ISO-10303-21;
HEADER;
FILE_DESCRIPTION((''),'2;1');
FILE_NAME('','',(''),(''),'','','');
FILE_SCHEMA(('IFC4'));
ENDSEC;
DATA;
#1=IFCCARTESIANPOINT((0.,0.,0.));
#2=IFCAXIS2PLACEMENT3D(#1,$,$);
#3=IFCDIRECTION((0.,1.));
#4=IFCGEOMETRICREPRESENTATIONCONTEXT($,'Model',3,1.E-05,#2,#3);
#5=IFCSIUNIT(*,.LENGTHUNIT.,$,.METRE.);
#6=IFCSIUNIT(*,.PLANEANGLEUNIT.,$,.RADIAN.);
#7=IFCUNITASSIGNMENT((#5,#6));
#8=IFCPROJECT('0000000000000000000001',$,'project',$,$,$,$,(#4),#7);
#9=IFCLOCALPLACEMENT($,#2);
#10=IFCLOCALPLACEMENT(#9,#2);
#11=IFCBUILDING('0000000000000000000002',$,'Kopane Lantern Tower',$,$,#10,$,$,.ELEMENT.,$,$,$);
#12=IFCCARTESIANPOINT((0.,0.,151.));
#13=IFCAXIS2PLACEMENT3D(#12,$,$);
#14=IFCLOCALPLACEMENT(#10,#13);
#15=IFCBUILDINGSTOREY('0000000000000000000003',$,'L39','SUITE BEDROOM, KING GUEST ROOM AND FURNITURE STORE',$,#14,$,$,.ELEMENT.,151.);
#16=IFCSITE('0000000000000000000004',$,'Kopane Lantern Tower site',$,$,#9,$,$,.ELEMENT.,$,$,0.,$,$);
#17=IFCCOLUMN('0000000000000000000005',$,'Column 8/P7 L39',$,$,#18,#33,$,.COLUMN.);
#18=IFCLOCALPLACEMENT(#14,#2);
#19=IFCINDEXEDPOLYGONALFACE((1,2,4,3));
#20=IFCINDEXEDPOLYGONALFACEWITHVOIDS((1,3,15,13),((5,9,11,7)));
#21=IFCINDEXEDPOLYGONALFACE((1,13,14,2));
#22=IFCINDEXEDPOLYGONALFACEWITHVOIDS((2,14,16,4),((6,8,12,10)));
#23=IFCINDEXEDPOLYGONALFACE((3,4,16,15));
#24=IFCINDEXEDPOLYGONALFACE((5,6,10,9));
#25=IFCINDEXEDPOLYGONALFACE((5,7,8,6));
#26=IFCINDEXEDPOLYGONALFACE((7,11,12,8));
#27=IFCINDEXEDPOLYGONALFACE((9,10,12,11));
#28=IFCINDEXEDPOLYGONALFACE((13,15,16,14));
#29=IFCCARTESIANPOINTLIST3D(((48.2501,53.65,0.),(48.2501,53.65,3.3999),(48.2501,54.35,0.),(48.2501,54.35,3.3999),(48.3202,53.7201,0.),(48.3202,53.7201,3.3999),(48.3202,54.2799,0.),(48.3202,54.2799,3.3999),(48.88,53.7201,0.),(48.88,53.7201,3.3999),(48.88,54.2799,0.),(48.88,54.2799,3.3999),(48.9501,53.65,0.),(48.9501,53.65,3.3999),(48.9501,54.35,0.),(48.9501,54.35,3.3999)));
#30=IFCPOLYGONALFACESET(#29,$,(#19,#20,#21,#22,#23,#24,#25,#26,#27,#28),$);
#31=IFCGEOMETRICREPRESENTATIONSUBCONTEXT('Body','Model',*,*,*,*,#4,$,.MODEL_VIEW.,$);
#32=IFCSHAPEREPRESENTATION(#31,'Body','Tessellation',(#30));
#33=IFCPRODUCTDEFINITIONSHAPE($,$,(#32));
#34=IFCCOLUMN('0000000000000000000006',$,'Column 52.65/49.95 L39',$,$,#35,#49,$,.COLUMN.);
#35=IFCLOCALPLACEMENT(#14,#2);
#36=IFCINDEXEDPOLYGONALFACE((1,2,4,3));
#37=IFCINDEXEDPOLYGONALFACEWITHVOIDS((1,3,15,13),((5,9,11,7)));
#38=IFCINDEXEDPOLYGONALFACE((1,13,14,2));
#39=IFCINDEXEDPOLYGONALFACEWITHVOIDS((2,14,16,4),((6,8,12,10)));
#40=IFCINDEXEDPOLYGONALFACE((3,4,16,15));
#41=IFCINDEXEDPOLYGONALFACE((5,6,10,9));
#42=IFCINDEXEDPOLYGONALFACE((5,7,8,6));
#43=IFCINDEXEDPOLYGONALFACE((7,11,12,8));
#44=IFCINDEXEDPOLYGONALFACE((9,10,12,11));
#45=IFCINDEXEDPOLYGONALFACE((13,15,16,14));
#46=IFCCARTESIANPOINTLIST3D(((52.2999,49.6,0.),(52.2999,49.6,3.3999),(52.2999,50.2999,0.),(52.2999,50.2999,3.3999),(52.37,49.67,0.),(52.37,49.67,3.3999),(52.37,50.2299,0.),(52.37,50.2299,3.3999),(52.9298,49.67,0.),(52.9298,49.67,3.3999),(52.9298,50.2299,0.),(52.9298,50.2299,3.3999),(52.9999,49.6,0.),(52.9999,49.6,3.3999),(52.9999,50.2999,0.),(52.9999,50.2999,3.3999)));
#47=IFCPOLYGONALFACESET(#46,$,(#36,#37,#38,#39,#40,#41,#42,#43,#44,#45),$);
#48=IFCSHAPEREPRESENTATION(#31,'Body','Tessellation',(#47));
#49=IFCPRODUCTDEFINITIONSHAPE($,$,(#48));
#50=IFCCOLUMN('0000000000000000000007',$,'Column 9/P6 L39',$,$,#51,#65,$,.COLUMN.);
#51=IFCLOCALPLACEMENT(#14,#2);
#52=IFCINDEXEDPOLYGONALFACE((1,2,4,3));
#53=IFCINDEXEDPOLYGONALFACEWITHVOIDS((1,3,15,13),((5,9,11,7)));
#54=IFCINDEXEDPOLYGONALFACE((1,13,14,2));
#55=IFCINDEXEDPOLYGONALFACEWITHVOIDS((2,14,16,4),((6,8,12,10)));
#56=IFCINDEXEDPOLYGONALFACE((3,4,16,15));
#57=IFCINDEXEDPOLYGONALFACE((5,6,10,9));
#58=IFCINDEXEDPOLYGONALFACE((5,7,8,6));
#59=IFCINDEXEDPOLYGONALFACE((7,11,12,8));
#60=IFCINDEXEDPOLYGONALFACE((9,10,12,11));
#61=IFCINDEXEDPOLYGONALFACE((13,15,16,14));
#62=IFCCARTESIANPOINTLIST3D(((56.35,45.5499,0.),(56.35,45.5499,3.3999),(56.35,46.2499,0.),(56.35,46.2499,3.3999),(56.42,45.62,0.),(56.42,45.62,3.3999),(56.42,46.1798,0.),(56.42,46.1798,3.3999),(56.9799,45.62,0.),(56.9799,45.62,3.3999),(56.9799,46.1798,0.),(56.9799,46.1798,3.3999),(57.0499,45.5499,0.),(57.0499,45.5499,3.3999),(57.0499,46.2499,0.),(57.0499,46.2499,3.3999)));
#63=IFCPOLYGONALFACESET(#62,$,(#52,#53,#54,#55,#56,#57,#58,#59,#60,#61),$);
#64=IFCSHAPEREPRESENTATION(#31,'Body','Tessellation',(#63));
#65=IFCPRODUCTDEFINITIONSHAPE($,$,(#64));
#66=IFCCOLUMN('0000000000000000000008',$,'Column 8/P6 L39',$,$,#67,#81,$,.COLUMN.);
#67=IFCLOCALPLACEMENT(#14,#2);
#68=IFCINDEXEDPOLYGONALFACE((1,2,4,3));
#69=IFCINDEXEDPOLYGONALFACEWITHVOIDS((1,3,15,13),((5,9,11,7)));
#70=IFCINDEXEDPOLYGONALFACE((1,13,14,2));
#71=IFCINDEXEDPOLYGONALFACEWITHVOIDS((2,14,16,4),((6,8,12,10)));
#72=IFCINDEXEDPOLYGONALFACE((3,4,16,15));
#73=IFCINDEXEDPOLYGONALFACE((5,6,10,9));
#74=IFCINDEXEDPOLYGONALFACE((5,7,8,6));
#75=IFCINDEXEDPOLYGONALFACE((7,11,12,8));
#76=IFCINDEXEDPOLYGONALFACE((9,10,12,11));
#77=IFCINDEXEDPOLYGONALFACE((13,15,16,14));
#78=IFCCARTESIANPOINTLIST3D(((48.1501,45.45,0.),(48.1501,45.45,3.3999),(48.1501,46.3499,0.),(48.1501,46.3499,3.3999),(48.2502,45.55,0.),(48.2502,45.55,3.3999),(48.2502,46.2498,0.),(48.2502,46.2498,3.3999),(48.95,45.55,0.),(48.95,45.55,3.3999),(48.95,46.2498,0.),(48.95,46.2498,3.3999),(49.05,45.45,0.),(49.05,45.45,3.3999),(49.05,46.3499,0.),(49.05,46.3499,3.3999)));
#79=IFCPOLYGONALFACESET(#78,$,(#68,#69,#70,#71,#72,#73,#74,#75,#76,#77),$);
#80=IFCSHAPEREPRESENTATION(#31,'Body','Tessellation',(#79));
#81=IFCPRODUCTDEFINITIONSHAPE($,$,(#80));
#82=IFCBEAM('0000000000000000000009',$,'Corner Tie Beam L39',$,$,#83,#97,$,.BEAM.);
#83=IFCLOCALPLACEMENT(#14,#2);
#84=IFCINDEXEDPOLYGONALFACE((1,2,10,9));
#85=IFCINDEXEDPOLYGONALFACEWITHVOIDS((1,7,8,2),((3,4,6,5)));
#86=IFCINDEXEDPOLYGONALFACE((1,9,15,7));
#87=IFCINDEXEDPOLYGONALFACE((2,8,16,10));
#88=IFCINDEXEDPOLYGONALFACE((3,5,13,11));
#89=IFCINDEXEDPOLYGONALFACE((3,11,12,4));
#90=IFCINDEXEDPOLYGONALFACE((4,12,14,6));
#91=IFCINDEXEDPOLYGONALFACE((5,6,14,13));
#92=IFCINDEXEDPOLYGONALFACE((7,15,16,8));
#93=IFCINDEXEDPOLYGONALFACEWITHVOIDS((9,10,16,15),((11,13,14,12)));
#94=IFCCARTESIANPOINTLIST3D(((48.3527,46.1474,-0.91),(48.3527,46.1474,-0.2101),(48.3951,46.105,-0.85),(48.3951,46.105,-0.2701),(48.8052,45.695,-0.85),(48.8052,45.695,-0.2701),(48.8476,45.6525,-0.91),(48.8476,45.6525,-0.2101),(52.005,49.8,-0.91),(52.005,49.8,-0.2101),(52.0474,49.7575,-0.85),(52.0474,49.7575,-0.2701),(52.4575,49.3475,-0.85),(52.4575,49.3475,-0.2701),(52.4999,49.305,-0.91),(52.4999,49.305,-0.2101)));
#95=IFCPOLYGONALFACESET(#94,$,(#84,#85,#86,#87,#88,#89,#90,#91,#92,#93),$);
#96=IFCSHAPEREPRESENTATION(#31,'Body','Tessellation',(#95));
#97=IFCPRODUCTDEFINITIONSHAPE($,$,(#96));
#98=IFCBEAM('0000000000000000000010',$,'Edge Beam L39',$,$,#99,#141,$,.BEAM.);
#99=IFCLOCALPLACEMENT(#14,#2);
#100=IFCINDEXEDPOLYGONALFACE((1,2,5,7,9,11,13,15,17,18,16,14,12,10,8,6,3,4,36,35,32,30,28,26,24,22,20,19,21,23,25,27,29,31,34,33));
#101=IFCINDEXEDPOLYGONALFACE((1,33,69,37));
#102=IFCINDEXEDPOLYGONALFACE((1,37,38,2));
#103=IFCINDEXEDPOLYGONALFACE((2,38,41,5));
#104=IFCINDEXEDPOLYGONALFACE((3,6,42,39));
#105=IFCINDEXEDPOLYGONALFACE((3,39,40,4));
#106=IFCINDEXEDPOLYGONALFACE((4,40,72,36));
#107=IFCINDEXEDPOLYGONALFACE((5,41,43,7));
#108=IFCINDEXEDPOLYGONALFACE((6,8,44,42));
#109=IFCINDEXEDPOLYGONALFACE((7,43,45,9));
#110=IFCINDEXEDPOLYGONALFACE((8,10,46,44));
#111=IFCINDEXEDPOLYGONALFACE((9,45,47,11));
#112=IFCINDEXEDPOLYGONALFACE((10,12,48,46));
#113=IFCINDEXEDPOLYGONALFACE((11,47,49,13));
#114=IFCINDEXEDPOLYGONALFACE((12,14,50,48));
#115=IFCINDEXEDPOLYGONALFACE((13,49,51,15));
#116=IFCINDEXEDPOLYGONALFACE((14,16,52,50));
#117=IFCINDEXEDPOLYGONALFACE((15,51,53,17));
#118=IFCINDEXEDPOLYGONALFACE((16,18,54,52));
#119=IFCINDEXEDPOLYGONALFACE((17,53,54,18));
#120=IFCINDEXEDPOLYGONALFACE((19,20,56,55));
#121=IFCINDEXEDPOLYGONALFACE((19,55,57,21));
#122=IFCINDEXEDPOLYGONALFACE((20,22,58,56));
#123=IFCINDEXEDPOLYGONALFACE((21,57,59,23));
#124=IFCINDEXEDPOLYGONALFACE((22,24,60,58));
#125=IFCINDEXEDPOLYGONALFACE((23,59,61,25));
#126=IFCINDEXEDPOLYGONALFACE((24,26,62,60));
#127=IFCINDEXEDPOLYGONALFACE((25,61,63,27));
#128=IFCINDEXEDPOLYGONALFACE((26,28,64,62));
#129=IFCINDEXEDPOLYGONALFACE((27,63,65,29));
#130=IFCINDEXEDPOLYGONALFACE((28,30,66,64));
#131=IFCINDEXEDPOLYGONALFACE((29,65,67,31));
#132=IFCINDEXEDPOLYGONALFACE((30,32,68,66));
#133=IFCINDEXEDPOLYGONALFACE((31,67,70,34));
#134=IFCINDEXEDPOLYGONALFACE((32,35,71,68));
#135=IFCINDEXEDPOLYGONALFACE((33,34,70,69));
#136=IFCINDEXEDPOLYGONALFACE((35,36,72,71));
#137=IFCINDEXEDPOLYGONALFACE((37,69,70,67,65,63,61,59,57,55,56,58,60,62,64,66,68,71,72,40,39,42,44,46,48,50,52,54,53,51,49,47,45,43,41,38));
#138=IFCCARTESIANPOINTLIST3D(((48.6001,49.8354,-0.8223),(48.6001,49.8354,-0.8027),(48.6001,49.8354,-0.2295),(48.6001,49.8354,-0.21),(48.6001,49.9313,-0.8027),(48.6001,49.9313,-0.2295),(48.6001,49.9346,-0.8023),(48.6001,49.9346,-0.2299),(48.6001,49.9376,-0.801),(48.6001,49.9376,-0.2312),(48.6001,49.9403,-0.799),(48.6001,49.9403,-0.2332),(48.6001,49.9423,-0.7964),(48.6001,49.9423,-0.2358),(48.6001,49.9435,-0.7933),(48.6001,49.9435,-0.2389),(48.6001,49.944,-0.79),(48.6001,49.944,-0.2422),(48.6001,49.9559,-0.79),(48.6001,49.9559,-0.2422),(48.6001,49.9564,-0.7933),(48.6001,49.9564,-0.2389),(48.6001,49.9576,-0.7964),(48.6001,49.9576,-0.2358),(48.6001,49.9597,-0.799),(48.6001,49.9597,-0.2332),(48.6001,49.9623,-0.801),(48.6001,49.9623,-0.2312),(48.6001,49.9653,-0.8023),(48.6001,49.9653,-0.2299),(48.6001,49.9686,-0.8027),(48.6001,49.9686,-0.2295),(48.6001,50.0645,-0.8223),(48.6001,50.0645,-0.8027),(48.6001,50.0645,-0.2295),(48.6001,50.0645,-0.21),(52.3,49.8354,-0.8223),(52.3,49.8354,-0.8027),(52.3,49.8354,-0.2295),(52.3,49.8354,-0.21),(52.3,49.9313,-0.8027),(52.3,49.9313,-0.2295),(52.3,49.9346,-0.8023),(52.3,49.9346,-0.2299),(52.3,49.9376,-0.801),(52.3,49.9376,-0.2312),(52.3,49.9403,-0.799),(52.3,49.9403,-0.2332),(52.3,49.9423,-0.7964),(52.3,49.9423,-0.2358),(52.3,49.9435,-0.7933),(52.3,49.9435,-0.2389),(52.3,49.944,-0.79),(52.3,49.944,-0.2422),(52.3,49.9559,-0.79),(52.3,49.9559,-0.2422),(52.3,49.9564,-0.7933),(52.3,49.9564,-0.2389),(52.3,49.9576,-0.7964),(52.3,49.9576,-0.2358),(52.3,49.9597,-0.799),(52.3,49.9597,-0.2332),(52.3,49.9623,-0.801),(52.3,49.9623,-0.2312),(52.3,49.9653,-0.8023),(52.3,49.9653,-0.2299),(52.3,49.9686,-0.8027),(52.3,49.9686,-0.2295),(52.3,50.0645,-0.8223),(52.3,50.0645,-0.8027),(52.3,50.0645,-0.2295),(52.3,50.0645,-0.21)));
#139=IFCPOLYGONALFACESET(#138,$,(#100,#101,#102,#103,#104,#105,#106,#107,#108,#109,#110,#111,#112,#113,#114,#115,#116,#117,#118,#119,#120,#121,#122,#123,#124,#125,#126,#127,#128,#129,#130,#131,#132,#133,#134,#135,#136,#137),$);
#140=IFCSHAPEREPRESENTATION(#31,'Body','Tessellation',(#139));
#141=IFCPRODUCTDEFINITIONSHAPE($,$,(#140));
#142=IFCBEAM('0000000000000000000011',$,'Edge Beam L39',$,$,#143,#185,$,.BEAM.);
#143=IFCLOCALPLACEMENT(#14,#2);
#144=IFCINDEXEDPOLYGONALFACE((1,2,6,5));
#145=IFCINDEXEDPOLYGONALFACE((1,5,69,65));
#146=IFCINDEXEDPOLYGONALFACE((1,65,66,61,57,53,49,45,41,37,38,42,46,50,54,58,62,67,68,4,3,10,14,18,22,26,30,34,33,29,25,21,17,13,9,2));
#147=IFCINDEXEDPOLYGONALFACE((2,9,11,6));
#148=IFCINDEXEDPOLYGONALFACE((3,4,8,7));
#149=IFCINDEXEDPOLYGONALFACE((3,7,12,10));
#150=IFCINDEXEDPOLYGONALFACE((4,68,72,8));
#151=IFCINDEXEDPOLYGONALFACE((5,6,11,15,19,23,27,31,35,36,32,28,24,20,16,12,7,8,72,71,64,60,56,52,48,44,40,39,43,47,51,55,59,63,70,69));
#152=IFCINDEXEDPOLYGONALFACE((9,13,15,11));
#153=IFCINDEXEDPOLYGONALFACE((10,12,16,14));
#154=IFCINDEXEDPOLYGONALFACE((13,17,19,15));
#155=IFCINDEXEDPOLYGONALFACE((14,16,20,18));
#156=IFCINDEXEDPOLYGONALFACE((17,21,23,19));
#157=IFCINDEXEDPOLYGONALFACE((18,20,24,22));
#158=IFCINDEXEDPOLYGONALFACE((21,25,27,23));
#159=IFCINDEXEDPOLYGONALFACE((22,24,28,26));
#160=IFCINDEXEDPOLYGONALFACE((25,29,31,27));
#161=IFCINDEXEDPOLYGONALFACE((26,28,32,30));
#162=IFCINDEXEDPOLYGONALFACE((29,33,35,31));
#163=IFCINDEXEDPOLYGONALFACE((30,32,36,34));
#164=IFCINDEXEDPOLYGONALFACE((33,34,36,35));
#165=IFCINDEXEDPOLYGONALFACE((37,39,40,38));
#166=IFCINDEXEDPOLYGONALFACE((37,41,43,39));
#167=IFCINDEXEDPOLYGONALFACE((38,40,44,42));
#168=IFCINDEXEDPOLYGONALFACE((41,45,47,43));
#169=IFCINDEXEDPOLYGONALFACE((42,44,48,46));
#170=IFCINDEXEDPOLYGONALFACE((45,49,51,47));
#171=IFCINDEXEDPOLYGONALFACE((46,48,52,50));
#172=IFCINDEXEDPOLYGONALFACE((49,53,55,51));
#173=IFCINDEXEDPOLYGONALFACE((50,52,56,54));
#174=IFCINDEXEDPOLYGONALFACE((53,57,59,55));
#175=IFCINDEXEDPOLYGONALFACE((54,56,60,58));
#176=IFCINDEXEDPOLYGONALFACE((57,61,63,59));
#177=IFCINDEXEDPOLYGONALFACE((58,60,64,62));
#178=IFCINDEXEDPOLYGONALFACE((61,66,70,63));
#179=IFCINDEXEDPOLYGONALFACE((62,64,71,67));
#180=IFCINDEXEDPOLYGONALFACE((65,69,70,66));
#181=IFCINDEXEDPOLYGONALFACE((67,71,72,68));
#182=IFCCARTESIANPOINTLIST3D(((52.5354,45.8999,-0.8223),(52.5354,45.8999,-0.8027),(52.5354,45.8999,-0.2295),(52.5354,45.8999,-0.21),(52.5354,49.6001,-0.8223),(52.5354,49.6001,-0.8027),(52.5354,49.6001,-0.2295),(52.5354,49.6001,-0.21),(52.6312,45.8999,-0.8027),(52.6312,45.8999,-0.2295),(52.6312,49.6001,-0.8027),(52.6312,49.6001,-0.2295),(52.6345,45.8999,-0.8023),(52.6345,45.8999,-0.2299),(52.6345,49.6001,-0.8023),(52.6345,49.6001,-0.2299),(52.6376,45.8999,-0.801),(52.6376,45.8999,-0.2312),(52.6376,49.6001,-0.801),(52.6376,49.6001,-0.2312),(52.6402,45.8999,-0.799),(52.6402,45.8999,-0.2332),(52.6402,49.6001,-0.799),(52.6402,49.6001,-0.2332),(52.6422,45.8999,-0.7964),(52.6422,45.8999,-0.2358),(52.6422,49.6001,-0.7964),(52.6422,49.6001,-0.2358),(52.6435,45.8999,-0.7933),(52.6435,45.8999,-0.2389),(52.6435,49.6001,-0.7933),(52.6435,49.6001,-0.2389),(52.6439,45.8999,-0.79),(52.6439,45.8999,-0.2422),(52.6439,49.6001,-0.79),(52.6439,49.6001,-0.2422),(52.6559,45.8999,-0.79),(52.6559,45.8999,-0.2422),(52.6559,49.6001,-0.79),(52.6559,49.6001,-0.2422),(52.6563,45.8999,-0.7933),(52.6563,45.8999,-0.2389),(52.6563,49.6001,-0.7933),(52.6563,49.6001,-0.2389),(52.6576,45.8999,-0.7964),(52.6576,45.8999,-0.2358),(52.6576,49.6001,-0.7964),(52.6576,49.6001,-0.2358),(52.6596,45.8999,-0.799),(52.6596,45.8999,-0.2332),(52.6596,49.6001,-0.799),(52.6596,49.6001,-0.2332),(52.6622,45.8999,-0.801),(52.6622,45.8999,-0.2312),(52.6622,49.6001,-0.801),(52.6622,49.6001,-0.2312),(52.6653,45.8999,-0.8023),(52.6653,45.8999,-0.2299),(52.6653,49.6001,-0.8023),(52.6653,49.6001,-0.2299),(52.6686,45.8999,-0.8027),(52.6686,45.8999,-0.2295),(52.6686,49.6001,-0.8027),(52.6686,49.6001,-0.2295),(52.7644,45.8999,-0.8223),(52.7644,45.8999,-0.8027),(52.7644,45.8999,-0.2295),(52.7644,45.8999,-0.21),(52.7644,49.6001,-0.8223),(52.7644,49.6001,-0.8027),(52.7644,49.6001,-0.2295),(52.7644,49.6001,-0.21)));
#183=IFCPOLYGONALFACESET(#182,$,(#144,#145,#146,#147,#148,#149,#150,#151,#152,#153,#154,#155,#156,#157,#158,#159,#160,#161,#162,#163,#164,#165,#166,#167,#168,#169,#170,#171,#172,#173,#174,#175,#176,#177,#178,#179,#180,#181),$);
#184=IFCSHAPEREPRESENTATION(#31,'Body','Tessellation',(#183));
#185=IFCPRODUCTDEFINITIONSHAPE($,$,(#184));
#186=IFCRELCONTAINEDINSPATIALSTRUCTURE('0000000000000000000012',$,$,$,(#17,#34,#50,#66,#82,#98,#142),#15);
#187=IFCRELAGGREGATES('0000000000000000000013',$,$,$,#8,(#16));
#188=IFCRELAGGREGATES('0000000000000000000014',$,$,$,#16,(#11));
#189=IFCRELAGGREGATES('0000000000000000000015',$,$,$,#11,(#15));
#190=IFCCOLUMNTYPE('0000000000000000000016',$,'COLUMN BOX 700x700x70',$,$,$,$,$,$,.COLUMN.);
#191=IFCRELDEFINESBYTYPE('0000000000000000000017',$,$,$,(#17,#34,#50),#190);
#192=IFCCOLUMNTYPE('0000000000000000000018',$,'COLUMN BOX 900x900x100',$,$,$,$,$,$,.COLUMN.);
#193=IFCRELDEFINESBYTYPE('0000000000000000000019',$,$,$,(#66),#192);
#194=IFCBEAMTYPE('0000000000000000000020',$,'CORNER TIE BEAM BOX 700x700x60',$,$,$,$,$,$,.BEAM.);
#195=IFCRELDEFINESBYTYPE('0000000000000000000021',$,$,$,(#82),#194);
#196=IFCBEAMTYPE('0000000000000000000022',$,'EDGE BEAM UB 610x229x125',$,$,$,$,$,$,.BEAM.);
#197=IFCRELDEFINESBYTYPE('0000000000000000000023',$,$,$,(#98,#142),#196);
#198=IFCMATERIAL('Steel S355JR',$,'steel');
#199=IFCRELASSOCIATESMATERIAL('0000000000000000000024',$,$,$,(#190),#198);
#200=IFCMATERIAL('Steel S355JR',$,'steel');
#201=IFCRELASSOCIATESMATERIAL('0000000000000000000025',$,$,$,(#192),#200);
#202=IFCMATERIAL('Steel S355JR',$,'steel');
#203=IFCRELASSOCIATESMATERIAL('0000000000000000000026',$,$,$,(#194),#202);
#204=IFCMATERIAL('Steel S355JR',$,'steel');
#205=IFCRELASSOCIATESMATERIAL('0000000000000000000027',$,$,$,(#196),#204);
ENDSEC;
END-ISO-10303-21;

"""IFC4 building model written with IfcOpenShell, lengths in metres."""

from ifc_helpers import new_model, si_unit, direction, frame, origin, origin_2d, place, context, subcontext, project, spatial, hollow_rectangle, i_section, extrude, material, material_profile, profile_set, type_object, element, save


model = new_model("IFC4")

# Units and contexts
model_context = context("Model", 3, precision=1e-05, world=origin(), true_north=direction((0.0, 1.0)))
body_context = subcontext(model_context, "Body", "Model", "MODEL_VIEW")
ifc_project = project(units=[si_unit("LENGTHUNIT", "METRE"), si_unit("PLANEANGLEUNIT", "RADIAN")], contexts=[model_context])

# Site, building, storey
site_placement = place(None, origin())
site = spatial("IfcSite", under=ifc_project, at=site_placement, Name="Kopane Lantern Tower site", CompositionType="ELEMENT", RefElevation=0.0)
building_placement = place(site_placement, origin())
building = spatial("IfcBuilding", under=site, at=building_placement, Name="Kopane Lantern Tower", CompositionType="ELEMENT")
storey_placement = place(building_placement, frame((0.0, 0.0, 151.0)))
storey = spatial("IfcBuildingStorey", under=building, at=storey_placement, Name="L39", Description="SUITE BEDROOM, KING GUEST ROOM AND FURNITURE STORE", CompositionType="ELEMENT", Elevation=151.0)

# Columns
ifc_material_1 = material(Name="Steel S355JR", Category="steel")
ifc_material_profile_1 = material_profile(ifc_material_1, hollow_rectangle(XDim=0.7, YDim=0.7, WallThickness=0.0701, at=origin_2d()), Name="BOX 700x700x70")
ifc_profile_set_1 = profile_set([ifc_material_profile_1], Name="Steel S355JR")
column_type_1 = type_object("IfcColumnType", Name="COLUMN BOX 700x700x70", PredefinedType="COLUMN", material=ifc_profile_set_1)
for number, where, z_axis, x_axis, name in (
    (1, (48.6001, 54.0, 0.0), (0.0, 0.0, 1.0), (1.0, 0.0, 0.0), "Column 8/P7 L39"),
    (2, (52.6499, 49.95, 0.0), (0.0, 0.0, 1.0), (1.0, 0.0, 0.0), "Column 52.65/49.95 L39"),
    (3, (56.7, 45.8999, 0.0), (0.0, 0.0, 1.0), (1.0, 0.0, 0.0), "Column 9/P6 L39"),
):
    element("IfcColumn", number, at=place(storey_placement, frame(where, z_axis=z_axis, x_axis=x_axis)), inside=storey, type_object=column_type_1, Name=name, PredefinedType="COLUMN", context=body_context, shape_type="SweptSolid", body=[
        extrude(hollow_rectangle(XDim=0.7, YDim=0.7, WallThickness=0.0701, at=origin_2d()), origin(), (0.0, 0.0, 1.0), 3.3999),
    ])
ifc_material_2 = material(Name="Steel S355JR", Category="steel")
ifc_material_profile_2 = material_profile(ifc_material_2, hollow_rectangle(XDim=0.8999, YDim=0.8999, WallThickness=0.1001, at=origin_2d()), Name="BOX 900x900x100")
ifc_profile_set_2 = profile_set([ifc_material_profile_2], Name="Steel S355JR")
column_type_2 = type_object("IfcColumnType", Name="COLUMN BOX 900x900x100", PredefinedType="COLUMN", material=ifc_profile_set_2)
column_placement = place(storey_placement, frame((48.6001, 45.8999, 0.0), z_axis=(0.0, 0.0, 1.0), x_axis=(1.0, 0.0, 0.0)))
element("IfcColumn", 4, at=column_placement, inside=storey, type_object=column_type_2, Name="Column 8/P6 L39", PredefinedType="COLUMN", context=body_context, shape_type="SweptSolid", body=[
    extrude(hollow_rectangle(XDim=0.8999, YDim=0.8999, WallThickness=0.1001, at=origin_2d()), origin(), (0.0, 0.0, 1.0), 3.3999),
])

# Beams
ifc_material_3 = material(Name="Steel S355JR", Category="steel")
ifc_material_profile_3 = material_profile(ifc_material_3, hollow_rectangle(XDim=0.7, YDim=0.7, WallThickness=0.0601, at=origin_2d()), Name="BOX 700x700x60")
ifc_profile_set_3 = profile_set([ifc_material_profile_3], Name="Steel S355JR")
beam_type_1 = type_object("IfcBeamType", Name="CORNER TIE BEAM BOX 700x700x60", PredefinedType="BEAM", material=ifc_profile_set_3)
beam_1_placement = place(storey_placement, frame((52.2524, 49.5525, -0.5601), z_axis=(-0.707083, -0.70713, 0.0), x_axis=(0.70713, -0.707083, 0.0)))
element("IfcBeam", 5, at=beam_1_placement, inside=storey, type_object=beam_type_1, Name="Corner Tie Beam L39", PredefinedType="BEAM", context=body_context, shape_type="SweptSolid", body=[
    extrude(hollow_rectangle(XDim=0.7, YDim=0.7, WallThickness=0.0601, at=origin_2d()), origin(), (0.0, 0.0, 1.0), 5.1653),
])
ifc_material_4 = material(Name="Steel S355JR", Category="steel")
ifc_material_profile_4 = material_profile(ifc_material_4, i_section(OverallWidth=0.229, OverallDepth=0.6123, WebThickness=0.012, FlangeThickness=0.0195, FilletRadius=0.0127, at=origin_2d()), Name="UB 610x229x125")
ifc_profile_set_4 = profile_set([ifc_material_profile_4], Name="Steel S355JR")
beam_type_2 = type_object("IfcBeamType", Name="EDGE BEAM UB 610x229x125", PredefinedType="BEAM", material=ifc_profile_set_4)
beam_2_placement = place(storey_placement, frame((52.3, 49.95, -0.5161), z_axis=(-1.0, 0.0, 0.0), x_axis=(0.0, -1.0, 0.0)))
element("IfcBeam", 6, at=beam_2_placement, inside=storey, type_object=beam_type_2, Name="Edge Beam L39", PredefinedType="BEAM", context=body_context, shape_type="SweptSolid", body=[
    extrude(i_section(OverallWidth=0.229, OverallDepth=0.6123, WebThickness=0.012, FlangeThickness=0.0195, FilletRadius=0.0127, at=origin_2d()), origin(), (0.0, 0.0, 1.0), 3.7),
])
beam_3_placement = place(storey_placement, frame((52.6499, 49.6001, -0.5161), z_axis=(0.0, -1.0, 0.0), x_axis=(1.0, 0.0, 0.0)))
element("IfcBeam", 7, at=beam_3_placement, inside=storey, type_object=beam_type_2, Name="Edge Beam L39", PredefinedType="BEAM", context=body_context, shape_type="SweptSolid", body=[
    extrude(i_section(OverallWidth=0.229, OverallDepth=0.6123, WebThickness=0.012, FlangeThickness=0.0195, FilletRadius=0.0127, at=origin_2d()), origin(), (0.0, 0.0, 1.0), 3.7002),
])

save(model, "model.ifc")
